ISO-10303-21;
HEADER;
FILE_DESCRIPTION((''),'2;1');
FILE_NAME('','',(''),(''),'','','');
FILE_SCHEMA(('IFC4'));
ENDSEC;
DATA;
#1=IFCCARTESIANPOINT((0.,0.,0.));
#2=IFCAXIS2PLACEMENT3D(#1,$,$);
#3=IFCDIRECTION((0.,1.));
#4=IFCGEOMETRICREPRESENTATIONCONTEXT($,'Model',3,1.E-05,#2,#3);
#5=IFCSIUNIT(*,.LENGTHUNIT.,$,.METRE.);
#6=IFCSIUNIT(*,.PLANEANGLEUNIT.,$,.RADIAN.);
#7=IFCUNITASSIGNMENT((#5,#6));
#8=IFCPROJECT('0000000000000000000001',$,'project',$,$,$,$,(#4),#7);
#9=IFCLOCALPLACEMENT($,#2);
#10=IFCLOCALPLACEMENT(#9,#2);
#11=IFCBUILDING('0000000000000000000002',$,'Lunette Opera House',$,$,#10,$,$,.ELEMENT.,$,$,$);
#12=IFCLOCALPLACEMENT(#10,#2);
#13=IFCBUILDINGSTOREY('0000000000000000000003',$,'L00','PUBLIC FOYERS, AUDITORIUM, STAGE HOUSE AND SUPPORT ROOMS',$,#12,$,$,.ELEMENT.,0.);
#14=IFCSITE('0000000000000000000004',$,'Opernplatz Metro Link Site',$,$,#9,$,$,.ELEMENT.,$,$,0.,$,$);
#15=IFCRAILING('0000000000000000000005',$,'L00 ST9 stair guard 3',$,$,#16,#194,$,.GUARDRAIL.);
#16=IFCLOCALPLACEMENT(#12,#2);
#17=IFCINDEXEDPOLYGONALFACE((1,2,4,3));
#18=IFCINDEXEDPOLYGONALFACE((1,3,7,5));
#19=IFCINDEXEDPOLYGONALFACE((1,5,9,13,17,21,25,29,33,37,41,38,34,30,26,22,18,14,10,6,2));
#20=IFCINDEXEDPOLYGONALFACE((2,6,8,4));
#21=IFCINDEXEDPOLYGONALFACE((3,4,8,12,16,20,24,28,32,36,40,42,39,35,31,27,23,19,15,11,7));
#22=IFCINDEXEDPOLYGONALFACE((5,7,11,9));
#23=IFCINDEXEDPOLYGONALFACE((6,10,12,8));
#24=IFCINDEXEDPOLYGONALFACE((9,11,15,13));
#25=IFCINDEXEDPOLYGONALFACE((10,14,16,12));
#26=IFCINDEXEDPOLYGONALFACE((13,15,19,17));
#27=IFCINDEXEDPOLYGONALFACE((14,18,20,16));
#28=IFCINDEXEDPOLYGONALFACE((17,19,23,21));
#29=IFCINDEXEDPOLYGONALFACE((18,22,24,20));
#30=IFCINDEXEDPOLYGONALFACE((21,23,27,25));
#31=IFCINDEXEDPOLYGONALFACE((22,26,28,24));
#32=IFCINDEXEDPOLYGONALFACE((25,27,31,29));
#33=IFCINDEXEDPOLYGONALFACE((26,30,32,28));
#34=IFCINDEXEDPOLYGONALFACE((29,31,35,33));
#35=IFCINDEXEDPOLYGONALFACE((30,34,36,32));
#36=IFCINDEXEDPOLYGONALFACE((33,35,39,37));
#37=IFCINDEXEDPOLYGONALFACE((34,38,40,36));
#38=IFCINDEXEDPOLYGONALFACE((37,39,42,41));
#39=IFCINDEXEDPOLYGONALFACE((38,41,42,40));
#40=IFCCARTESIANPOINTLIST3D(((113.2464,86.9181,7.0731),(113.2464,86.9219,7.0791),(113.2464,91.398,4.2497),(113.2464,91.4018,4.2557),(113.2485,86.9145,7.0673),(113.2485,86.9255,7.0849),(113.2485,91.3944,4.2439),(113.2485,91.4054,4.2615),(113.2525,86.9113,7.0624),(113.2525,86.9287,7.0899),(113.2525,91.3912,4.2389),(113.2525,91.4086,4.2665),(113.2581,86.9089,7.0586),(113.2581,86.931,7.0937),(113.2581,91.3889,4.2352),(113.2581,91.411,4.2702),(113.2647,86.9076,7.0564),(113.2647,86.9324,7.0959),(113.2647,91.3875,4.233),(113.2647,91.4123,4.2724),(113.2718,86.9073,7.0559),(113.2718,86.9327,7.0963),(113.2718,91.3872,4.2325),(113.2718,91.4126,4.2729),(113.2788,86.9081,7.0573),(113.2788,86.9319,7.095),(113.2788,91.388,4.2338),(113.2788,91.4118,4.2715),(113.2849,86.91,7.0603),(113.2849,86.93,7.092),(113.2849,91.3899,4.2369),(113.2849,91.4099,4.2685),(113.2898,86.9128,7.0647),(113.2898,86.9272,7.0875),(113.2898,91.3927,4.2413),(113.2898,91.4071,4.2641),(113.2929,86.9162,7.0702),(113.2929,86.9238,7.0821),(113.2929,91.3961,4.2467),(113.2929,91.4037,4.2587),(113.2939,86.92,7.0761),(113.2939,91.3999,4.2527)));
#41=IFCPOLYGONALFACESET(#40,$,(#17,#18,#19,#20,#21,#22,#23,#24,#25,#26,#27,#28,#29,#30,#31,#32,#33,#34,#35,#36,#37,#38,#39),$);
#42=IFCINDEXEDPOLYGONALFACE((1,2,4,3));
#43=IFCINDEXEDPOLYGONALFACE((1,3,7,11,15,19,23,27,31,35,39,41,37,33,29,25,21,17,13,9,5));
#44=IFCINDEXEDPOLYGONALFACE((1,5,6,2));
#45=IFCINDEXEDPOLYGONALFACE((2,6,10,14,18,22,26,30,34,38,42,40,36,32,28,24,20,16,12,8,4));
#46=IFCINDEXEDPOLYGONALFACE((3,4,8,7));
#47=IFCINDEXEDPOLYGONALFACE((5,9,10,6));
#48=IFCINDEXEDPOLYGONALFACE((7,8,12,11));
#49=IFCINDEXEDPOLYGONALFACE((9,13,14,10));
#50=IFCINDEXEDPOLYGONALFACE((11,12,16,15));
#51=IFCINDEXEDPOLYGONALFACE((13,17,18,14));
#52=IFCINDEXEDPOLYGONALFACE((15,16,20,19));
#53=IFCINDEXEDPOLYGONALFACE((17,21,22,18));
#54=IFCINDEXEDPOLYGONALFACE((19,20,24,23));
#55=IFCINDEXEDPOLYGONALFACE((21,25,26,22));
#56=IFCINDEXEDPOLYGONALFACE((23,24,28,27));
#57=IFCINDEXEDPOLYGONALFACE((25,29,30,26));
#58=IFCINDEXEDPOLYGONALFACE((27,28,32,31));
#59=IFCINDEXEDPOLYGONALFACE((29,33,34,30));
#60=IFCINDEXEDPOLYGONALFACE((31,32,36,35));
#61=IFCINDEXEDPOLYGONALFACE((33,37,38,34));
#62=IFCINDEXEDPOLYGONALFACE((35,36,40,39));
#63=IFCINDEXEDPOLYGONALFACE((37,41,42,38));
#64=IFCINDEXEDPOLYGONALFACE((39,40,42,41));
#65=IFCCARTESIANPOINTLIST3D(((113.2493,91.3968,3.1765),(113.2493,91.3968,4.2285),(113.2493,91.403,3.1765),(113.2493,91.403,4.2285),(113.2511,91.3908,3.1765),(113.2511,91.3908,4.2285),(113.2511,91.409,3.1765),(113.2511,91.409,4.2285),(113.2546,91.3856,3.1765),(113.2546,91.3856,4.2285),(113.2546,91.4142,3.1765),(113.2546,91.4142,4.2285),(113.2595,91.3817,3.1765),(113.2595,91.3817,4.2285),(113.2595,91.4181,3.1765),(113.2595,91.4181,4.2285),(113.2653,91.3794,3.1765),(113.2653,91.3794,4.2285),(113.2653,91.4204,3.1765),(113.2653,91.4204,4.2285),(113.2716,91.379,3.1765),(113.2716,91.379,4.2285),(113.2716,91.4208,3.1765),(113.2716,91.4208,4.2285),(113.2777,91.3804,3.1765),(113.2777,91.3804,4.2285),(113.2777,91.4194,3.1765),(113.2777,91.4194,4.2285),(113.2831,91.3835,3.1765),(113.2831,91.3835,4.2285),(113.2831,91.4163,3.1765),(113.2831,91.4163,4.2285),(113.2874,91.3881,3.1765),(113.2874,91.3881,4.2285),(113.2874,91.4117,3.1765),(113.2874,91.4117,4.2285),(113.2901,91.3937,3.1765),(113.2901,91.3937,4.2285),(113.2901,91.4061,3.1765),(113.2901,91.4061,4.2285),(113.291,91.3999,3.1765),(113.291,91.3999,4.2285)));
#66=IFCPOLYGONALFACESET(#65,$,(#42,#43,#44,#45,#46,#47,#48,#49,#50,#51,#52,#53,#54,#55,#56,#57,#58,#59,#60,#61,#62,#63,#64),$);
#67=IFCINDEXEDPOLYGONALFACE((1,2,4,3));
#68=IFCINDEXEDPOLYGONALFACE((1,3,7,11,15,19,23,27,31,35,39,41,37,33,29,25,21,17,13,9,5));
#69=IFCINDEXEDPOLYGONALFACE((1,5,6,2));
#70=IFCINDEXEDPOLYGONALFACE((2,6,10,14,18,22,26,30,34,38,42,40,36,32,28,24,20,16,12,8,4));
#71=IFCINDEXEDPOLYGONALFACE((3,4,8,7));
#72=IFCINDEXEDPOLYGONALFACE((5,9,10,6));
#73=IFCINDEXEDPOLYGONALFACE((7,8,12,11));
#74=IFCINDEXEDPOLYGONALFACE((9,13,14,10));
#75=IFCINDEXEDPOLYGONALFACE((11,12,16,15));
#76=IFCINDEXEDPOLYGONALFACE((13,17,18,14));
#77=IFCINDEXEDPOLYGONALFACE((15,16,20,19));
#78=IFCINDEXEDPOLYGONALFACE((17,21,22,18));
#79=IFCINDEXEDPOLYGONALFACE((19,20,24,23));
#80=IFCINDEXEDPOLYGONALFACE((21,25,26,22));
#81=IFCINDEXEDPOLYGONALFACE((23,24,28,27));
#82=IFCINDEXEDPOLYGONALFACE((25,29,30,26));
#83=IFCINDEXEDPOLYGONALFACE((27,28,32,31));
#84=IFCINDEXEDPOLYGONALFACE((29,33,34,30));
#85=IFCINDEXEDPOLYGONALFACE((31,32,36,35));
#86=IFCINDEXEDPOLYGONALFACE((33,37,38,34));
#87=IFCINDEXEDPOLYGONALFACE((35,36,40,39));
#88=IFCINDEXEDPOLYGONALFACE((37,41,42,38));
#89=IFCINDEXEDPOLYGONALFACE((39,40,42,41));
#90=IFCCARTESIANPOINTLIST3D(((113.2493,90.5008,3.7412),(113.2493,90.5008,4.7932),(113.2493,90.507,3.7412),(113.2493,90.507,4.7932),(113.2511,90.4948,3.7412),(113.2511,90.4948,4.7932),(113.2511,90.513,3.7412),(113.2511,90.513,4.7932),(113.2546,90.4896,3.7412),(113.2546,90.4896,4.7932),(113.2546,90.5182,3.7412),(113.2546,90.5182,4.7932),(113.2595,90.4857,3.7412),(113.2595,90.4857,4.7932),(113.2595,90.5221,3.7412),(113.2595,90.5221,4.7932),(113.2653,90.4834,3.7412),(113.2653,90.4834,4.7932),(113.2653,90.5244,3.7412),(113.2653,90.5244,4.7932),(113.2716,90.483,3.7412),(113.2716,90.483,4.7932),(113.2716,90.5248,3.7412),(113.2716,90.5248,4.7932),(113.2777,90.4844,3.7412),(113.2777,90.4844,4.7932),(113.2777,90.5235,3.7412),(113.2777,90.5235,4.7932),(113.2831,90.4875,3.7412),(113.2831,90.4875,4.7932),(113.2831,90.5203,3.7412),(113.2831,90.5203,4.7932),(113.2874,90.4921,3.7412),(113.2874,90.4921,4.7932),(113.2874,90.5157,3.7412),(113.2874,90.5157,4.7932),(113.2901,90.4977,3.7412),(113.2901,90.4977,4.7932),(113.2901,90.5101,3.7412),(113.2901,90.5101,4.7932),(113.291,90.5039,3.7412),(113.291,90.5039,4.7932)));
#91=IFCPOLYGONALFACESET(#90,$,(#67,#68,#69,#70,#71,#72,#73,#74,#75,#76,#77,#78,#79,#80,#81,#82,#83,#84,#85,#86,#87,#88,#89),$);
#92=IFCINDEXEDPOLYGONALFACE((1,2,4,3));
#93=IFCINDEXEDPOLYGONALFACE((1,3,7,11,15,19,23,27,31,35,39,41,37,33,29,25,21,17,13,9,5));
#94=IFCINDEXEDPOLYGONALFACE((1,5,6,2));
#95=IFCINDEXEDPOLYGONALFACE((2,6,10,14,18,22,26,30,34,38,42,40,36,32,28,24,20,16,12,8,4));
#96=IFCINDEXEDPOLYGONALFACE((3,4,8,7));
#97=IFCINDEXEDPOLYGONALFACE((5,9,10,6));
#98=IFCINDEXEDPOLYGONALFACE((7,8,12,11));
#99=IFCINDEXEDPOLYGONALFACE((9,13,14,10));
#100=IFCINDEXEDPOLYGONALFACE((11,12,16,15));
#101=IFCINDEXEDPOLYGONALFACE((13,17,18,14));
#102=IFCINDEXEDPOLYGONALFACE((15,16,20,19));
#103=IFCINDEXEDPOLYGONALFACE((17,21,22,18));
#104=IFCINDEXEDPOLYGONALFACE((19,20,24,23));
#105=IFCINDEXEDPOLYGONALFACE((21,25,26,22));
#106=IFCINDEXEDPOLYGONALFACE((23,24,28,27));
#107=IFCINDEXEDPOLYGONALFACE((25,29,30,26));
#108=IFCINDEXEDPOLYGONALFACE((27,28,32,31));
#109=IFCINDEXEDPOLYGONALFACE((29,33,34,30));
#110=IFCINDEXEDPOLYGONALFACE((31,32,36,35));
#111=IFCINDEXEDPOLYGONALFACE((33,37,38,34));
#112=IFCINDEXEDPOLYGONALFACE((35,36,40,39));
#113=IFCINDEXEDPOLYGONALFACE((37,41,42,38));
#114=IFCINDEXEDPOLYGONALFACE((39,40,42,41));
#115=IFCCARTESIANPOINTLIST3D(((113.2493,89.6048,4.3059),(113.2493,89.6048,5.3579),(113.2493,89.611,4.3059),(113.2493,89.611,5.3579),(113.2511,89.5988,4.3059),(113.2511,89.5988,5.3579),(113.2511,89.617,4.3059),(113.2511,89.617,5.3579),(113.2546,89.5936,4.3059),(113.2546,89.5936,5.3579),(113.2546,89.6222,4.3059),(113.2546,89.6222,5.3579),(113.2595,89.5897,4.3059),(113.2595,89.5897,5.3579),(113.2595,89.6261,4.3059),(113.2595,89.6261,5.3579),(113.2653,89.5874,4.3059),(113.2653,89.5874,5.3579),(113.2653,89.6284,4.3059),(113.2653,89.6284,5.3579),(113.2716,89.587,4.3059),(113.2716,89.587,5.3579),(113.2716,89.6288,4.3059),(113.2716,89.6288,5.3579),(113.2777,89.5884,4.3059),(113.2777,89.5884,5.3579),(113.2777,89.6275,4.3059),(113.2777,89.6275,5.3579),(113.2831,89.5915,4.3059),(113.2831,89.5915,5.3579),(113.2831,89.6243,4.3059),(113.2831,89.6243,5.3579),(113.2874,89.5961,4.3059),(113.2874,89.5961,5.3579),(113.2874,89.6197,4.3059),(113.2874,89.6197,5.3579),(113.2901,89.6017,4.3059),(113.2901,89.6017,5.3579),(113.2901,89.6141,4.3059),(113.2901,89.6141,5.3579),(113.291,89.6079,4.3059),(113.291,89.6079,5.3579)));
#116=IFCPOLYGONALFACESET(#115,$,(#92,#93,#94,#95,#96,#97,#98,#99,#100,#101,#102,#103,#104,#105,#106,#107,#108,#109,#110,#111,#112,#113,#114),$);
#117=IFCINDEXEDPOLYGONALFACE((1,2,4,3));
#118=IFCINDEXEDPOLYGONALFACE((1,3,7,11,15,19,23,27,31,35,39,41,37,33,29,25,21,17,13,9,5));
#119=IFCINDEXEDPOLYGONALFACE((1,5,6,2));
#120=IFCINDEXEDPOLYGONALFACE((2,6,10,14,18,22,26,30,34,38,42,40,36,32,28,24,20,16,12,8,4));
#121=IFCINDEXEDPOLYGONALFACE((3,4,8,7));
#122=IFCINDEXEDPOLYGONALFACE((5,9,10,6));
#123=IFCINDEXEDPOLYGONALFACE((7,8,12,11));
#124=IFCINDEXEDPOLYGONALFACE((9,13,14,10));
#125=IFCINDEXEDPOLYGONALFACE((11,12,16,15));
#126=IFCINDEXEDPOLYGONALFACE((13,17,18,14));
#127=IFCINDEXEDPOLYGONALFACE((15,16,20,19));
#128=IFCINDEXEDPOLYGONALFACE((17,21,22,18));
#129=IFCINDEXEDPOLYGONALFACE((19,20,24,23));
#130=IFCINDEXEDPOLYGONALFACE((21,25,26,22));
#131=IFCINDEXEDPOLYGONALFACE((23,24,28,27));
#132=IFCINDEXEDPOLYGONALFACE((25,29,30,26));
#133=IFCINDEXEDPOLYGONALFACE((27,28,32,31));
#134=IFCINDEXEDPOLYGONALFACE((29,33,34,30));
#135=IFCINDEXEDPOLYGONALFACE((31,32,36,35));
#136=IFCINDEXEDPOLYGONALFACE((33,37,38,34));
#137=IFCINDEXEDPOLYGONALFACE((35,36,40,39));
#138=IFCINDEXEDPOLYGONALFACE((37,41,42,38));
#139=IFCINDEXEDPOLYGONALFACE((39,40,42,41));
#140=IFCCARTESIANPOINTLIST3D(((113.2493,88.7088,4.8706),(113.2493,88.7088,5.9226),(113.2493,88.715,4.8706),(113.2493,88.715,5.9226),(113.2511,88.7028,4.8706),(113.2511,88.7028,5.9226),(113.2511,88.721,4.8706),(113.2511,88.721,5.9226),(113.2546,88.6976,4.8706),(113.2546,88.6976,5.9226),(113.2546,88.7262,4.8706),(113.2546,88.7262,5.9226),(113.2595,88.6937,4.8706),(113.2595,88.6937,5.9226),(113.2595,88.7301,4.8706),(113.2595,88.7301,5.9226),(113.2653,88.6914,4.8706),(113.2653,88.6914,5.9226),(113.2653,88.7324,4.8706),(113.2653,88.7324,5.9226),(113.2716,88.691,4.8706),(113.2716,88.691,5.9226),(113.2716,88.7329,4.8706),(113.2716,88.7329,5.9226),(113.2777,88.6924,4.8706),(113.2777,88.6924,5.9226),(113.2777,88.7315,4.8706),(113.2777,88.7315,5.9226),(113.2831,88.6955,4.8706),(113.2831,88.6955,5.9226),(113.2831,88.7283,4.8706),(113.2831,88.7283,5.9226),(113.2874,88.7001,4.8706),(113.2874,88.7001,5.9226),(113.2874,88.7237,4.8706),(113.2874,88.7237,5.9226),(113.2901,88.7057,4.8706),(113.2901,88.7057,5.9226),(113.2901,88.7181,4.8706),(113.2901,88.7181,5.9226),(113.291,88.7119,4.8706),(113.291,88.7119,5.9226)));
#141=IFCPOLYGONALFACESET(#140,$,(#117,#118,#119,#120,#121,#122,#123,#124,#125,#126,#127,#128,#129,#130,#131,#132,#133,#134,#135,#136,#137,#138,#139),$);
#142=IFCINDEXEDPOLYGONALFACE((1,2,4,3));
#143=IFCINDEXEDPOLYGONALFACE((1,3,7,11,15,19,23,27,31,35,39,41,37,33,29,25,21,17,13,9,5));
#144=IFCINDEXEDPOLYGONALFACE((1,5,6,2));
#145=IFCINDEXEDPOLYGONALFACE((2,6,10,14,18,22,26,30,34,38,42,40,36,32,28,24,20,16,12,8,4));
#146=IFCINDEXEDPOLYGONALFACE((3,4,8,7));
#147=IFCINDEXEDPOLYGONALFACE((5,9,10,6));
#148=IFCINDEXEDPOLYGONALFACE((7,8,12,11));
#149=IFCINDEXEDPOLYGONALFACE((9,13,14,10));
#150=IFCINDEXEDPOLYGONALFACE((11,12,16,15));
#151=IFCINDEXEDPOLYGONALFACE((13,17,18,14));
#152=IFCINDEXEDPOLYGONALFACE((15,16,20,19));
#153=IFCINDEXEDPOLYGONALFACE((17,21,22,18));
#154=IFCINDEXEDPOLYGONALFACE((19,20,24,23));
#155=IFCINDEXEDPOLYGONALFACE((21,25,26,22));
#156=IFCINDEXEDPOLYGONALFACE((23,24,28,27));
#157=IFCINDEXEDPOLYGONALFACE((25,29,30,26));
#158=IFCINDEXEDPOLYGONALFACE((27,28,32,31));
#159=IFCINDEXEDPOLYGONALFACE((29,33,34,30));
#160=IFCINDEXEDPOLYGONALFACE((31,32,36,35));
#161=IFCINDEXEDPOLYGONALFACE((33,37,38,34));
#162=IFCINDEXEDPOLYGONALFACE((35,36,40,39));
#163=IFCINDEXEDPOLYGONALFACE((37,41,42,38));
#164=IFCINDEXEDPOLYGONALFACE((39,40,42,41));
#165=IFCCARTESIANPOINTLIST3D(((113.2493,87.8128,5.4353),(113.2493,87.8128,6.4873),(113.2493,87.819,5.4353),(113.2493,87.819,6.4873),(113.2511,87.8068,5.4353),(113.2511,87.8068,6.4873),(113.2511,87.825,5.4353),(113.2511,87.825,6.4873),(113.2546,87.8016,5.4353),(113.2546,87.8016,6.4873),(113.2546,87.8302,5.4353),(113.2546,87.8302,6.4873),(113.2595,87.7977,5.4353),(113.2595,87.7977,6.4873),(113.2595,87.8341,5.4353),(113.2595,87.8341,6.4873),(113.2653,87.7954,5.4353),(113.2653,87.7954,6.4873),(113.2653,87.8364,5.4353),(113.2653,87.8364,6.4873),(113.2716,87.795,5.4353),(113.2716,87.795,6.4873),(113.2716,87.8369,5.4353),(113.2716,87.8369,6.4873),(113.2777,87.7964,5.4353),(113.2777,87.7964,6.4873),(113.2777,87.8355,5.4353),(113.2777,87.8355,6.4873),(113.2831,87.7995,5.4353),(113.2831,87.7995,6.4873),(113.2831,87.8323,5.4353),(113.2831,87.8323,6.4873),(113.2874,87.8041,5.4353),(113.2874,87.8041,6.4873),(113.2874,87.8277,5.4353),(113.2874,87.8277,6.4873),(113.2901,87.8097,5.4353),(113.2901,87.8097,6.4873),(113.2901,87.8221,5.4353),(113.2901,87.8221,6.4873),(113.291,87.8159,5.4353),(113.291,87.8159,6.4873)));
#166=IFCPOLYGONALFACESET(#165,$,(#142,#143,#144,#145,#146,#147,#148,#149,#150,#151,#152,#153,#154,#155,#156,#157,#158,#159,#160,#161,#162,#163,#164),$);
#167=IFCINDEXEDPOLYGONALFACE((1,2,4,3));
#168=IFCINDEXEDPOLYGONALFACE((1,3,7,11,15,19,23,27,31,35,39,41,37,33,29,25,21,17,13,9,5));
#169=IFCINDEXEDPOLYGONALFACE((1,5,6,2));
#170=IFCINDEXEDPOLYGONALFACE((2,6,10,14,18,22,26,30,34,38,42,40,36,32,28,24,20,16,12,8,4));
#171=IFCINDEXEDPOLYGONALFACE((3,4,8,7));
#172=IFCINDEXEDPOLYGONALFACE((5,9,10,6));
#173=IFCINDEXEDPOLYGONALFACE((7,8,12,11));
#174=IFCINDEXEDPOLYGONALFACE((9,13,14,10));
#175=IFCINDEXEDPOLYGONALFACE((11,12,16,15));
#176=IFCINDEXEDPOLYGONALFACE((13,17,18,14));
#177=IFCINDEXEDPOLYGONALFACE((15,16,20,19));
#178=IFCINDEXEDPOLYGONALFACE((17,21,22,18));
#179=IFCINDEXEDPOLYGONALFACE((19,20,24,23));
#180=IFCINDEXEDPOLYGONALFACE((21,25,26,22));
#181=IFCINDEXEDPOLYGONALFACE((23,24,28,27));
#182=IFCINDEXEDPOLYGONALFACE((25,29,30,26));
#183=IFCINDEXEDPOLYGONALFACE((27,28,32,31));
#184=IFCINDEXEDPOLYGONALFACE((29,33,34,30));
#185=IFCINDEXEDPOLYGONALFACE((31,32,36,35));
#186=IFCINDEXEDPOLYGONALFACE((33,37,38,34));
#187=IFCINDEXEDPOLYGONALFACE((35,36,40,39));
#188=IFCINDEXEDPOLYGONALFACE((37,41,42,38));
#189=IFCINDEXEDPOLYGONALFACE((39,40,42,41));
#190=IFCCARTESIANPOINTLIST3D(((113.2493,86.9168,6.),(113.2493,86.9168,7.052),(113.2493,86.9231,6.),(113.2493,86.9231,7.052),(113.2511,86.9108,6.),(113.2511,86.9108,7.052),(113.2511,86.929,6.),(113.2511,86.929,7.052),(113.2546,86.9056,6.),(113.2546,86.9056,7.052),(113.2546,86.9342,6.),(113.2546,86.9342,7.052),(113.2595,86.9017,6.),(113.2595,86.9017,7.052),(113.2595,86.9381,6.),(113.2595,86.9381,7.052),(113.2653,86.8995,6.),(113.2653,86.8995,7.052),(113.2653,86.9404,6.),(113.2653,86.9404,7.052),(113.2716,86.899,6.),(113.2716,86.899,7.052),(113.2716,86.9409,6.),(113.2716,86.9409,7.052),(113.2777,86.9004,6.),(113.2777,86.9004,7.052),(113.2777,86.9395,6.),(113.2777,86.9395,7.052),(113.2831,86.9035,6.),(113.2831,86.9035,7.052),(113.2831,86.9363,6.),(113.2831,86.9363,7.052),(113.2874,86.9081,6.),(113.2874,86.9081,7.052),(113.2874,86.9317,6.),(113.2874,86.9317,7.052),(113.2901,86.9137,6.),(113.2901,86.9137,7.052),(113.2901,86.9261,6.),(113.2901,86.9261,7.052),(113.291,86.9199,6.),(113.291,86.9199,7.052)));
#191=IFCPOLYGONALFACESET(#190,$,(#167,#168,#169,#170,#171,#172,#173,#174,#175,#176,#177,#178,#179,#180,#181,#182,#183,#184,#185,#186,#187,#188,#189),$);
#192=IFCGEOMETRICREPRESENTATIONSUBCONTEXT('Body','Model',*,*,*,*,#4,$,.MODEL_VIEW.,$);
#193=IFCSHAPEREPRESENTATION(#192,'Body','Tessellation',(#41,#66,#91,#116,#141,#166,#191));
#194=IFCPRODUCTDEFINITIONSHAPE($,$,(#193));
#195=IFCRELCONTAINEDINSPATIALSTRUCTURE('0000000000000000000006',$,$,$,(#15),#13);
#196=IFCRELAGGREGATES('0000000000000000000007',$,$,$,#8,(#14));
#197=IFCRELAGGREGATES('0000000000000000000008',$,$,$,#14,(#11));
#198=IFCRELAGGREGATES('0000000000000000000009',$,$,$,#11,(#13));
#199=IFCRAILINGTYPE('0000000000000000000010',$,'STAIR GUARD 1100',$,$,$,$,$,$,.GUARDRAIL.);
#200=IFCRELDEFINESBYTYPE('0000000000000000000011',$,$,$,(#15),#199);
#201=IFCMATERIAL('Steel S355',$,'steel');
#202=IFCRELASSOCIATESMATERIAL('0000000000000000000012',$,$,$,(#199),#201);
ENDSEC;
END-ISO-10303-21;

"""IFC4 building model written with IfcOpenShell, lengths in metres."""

from ifc_helpers import new_model, si_unit, direction, frame, origin, origin_2d, place, context, subcontext, project, spatial, circle, extrude, material, type_object, element, save


model = new_model("IFC4")

# Units and contexts
model_context = context("Model", 3, precision=1e-05, world=origin(), true_north=direction((0.0, 1.0)))
body_context = subcontext(model_context, "Body", "Model", "MODEL_VIEW")
ifc_project = project(units=[si_unit("LENGTHUNIT", "METRE"), si_unit("PLANEANGLEUNIT", "RADIAN")], contexts=[model_context])

# Site, building, storey
site_placement = place(None, origin())
site = spatial("IfcSite", under=ifc_project, at=site_placement, Name="Opernplatz Metro Link Site", CompositionType="ELEMENT", RefElevation=0.0)
building_placement = place(site_placement, origin())
building = spatial("IfcBuilding", under=site, at=building_placement, Name="Lunette Opera House", CompositionType="ELEMENT")
storey_placement = place(building_placement, origin())
storey = spatial("IfcBuildingStorey", under=building, at=storey_placement, Name="L00", Description="PUBLIC FOYERS, AUDITORIUM, STAGE HOUSE AND SUPPORT ROOMS", CompositionType="ELEMENT", Elevation=0.0)

# Railing
ifc_material_1 = material(Name="Steel S355", Category="steel")
railing_type_1 = type_object("IfcRailingType", Name="STAIR GUARD 1100", PredefinedType="GUARDRAIL", material=ifc_material_1)
railing_1_placement = place(storey_placement, frame((113.27, 91.3999, 3.1765)))
element("IfcRailing", 1, at=railing_1_placement, inside=storey, type_object=railing_type_1, Name="L00 ST9 stair guard 3", PredefinedType="GUARDRAIL", context=body_context, shape_type="SweptSolid", body=[
    extrude(circle(Radius=0.0239, at=origin_2d()), frame((0.0, 0.0, 1.0762), z_axis=(0.0, -0.845998, 0.533186), x_axis=(1.0, 0.0, 0.0)), (0.0, 0.0, 1.0), 5.2954),
    extrude(circle(Radius=0.021, at=origin_2d()), origin(), (0.0, 0.0, 1.0), 1.052),
    extrude(circle(Radius=0.021, at=origin_2d()), frame((0.0, -0.896, 0.5647)), (0.0, 0.0, 1.0), 1.052),
    extrude(circle(Radius=0.021, at=origin_2d()), frame((0.0, -1.792, 1.1294)), (0.0, 0.0, 1.0), 1.052),
    extrude(circle(Radius=0.021, at=origin_2d()), frame((0.0, -2.688, 1.6941)), (0.0, 0.0, 1.0), 1.052),
    extrude(circle(Radius=0.021, at=origin_2d()), frame((0.0, -3.584, 2.2588)), (0.0, 0.0, 1.0), 1.052),
    extrude(circle(Radius=0.021, at=origin_2d()), frame((0.0, -4.48, 2.8235)), (0.0, 0.0, 1.0), 1.052),
])

save(model, "model.ifc")
